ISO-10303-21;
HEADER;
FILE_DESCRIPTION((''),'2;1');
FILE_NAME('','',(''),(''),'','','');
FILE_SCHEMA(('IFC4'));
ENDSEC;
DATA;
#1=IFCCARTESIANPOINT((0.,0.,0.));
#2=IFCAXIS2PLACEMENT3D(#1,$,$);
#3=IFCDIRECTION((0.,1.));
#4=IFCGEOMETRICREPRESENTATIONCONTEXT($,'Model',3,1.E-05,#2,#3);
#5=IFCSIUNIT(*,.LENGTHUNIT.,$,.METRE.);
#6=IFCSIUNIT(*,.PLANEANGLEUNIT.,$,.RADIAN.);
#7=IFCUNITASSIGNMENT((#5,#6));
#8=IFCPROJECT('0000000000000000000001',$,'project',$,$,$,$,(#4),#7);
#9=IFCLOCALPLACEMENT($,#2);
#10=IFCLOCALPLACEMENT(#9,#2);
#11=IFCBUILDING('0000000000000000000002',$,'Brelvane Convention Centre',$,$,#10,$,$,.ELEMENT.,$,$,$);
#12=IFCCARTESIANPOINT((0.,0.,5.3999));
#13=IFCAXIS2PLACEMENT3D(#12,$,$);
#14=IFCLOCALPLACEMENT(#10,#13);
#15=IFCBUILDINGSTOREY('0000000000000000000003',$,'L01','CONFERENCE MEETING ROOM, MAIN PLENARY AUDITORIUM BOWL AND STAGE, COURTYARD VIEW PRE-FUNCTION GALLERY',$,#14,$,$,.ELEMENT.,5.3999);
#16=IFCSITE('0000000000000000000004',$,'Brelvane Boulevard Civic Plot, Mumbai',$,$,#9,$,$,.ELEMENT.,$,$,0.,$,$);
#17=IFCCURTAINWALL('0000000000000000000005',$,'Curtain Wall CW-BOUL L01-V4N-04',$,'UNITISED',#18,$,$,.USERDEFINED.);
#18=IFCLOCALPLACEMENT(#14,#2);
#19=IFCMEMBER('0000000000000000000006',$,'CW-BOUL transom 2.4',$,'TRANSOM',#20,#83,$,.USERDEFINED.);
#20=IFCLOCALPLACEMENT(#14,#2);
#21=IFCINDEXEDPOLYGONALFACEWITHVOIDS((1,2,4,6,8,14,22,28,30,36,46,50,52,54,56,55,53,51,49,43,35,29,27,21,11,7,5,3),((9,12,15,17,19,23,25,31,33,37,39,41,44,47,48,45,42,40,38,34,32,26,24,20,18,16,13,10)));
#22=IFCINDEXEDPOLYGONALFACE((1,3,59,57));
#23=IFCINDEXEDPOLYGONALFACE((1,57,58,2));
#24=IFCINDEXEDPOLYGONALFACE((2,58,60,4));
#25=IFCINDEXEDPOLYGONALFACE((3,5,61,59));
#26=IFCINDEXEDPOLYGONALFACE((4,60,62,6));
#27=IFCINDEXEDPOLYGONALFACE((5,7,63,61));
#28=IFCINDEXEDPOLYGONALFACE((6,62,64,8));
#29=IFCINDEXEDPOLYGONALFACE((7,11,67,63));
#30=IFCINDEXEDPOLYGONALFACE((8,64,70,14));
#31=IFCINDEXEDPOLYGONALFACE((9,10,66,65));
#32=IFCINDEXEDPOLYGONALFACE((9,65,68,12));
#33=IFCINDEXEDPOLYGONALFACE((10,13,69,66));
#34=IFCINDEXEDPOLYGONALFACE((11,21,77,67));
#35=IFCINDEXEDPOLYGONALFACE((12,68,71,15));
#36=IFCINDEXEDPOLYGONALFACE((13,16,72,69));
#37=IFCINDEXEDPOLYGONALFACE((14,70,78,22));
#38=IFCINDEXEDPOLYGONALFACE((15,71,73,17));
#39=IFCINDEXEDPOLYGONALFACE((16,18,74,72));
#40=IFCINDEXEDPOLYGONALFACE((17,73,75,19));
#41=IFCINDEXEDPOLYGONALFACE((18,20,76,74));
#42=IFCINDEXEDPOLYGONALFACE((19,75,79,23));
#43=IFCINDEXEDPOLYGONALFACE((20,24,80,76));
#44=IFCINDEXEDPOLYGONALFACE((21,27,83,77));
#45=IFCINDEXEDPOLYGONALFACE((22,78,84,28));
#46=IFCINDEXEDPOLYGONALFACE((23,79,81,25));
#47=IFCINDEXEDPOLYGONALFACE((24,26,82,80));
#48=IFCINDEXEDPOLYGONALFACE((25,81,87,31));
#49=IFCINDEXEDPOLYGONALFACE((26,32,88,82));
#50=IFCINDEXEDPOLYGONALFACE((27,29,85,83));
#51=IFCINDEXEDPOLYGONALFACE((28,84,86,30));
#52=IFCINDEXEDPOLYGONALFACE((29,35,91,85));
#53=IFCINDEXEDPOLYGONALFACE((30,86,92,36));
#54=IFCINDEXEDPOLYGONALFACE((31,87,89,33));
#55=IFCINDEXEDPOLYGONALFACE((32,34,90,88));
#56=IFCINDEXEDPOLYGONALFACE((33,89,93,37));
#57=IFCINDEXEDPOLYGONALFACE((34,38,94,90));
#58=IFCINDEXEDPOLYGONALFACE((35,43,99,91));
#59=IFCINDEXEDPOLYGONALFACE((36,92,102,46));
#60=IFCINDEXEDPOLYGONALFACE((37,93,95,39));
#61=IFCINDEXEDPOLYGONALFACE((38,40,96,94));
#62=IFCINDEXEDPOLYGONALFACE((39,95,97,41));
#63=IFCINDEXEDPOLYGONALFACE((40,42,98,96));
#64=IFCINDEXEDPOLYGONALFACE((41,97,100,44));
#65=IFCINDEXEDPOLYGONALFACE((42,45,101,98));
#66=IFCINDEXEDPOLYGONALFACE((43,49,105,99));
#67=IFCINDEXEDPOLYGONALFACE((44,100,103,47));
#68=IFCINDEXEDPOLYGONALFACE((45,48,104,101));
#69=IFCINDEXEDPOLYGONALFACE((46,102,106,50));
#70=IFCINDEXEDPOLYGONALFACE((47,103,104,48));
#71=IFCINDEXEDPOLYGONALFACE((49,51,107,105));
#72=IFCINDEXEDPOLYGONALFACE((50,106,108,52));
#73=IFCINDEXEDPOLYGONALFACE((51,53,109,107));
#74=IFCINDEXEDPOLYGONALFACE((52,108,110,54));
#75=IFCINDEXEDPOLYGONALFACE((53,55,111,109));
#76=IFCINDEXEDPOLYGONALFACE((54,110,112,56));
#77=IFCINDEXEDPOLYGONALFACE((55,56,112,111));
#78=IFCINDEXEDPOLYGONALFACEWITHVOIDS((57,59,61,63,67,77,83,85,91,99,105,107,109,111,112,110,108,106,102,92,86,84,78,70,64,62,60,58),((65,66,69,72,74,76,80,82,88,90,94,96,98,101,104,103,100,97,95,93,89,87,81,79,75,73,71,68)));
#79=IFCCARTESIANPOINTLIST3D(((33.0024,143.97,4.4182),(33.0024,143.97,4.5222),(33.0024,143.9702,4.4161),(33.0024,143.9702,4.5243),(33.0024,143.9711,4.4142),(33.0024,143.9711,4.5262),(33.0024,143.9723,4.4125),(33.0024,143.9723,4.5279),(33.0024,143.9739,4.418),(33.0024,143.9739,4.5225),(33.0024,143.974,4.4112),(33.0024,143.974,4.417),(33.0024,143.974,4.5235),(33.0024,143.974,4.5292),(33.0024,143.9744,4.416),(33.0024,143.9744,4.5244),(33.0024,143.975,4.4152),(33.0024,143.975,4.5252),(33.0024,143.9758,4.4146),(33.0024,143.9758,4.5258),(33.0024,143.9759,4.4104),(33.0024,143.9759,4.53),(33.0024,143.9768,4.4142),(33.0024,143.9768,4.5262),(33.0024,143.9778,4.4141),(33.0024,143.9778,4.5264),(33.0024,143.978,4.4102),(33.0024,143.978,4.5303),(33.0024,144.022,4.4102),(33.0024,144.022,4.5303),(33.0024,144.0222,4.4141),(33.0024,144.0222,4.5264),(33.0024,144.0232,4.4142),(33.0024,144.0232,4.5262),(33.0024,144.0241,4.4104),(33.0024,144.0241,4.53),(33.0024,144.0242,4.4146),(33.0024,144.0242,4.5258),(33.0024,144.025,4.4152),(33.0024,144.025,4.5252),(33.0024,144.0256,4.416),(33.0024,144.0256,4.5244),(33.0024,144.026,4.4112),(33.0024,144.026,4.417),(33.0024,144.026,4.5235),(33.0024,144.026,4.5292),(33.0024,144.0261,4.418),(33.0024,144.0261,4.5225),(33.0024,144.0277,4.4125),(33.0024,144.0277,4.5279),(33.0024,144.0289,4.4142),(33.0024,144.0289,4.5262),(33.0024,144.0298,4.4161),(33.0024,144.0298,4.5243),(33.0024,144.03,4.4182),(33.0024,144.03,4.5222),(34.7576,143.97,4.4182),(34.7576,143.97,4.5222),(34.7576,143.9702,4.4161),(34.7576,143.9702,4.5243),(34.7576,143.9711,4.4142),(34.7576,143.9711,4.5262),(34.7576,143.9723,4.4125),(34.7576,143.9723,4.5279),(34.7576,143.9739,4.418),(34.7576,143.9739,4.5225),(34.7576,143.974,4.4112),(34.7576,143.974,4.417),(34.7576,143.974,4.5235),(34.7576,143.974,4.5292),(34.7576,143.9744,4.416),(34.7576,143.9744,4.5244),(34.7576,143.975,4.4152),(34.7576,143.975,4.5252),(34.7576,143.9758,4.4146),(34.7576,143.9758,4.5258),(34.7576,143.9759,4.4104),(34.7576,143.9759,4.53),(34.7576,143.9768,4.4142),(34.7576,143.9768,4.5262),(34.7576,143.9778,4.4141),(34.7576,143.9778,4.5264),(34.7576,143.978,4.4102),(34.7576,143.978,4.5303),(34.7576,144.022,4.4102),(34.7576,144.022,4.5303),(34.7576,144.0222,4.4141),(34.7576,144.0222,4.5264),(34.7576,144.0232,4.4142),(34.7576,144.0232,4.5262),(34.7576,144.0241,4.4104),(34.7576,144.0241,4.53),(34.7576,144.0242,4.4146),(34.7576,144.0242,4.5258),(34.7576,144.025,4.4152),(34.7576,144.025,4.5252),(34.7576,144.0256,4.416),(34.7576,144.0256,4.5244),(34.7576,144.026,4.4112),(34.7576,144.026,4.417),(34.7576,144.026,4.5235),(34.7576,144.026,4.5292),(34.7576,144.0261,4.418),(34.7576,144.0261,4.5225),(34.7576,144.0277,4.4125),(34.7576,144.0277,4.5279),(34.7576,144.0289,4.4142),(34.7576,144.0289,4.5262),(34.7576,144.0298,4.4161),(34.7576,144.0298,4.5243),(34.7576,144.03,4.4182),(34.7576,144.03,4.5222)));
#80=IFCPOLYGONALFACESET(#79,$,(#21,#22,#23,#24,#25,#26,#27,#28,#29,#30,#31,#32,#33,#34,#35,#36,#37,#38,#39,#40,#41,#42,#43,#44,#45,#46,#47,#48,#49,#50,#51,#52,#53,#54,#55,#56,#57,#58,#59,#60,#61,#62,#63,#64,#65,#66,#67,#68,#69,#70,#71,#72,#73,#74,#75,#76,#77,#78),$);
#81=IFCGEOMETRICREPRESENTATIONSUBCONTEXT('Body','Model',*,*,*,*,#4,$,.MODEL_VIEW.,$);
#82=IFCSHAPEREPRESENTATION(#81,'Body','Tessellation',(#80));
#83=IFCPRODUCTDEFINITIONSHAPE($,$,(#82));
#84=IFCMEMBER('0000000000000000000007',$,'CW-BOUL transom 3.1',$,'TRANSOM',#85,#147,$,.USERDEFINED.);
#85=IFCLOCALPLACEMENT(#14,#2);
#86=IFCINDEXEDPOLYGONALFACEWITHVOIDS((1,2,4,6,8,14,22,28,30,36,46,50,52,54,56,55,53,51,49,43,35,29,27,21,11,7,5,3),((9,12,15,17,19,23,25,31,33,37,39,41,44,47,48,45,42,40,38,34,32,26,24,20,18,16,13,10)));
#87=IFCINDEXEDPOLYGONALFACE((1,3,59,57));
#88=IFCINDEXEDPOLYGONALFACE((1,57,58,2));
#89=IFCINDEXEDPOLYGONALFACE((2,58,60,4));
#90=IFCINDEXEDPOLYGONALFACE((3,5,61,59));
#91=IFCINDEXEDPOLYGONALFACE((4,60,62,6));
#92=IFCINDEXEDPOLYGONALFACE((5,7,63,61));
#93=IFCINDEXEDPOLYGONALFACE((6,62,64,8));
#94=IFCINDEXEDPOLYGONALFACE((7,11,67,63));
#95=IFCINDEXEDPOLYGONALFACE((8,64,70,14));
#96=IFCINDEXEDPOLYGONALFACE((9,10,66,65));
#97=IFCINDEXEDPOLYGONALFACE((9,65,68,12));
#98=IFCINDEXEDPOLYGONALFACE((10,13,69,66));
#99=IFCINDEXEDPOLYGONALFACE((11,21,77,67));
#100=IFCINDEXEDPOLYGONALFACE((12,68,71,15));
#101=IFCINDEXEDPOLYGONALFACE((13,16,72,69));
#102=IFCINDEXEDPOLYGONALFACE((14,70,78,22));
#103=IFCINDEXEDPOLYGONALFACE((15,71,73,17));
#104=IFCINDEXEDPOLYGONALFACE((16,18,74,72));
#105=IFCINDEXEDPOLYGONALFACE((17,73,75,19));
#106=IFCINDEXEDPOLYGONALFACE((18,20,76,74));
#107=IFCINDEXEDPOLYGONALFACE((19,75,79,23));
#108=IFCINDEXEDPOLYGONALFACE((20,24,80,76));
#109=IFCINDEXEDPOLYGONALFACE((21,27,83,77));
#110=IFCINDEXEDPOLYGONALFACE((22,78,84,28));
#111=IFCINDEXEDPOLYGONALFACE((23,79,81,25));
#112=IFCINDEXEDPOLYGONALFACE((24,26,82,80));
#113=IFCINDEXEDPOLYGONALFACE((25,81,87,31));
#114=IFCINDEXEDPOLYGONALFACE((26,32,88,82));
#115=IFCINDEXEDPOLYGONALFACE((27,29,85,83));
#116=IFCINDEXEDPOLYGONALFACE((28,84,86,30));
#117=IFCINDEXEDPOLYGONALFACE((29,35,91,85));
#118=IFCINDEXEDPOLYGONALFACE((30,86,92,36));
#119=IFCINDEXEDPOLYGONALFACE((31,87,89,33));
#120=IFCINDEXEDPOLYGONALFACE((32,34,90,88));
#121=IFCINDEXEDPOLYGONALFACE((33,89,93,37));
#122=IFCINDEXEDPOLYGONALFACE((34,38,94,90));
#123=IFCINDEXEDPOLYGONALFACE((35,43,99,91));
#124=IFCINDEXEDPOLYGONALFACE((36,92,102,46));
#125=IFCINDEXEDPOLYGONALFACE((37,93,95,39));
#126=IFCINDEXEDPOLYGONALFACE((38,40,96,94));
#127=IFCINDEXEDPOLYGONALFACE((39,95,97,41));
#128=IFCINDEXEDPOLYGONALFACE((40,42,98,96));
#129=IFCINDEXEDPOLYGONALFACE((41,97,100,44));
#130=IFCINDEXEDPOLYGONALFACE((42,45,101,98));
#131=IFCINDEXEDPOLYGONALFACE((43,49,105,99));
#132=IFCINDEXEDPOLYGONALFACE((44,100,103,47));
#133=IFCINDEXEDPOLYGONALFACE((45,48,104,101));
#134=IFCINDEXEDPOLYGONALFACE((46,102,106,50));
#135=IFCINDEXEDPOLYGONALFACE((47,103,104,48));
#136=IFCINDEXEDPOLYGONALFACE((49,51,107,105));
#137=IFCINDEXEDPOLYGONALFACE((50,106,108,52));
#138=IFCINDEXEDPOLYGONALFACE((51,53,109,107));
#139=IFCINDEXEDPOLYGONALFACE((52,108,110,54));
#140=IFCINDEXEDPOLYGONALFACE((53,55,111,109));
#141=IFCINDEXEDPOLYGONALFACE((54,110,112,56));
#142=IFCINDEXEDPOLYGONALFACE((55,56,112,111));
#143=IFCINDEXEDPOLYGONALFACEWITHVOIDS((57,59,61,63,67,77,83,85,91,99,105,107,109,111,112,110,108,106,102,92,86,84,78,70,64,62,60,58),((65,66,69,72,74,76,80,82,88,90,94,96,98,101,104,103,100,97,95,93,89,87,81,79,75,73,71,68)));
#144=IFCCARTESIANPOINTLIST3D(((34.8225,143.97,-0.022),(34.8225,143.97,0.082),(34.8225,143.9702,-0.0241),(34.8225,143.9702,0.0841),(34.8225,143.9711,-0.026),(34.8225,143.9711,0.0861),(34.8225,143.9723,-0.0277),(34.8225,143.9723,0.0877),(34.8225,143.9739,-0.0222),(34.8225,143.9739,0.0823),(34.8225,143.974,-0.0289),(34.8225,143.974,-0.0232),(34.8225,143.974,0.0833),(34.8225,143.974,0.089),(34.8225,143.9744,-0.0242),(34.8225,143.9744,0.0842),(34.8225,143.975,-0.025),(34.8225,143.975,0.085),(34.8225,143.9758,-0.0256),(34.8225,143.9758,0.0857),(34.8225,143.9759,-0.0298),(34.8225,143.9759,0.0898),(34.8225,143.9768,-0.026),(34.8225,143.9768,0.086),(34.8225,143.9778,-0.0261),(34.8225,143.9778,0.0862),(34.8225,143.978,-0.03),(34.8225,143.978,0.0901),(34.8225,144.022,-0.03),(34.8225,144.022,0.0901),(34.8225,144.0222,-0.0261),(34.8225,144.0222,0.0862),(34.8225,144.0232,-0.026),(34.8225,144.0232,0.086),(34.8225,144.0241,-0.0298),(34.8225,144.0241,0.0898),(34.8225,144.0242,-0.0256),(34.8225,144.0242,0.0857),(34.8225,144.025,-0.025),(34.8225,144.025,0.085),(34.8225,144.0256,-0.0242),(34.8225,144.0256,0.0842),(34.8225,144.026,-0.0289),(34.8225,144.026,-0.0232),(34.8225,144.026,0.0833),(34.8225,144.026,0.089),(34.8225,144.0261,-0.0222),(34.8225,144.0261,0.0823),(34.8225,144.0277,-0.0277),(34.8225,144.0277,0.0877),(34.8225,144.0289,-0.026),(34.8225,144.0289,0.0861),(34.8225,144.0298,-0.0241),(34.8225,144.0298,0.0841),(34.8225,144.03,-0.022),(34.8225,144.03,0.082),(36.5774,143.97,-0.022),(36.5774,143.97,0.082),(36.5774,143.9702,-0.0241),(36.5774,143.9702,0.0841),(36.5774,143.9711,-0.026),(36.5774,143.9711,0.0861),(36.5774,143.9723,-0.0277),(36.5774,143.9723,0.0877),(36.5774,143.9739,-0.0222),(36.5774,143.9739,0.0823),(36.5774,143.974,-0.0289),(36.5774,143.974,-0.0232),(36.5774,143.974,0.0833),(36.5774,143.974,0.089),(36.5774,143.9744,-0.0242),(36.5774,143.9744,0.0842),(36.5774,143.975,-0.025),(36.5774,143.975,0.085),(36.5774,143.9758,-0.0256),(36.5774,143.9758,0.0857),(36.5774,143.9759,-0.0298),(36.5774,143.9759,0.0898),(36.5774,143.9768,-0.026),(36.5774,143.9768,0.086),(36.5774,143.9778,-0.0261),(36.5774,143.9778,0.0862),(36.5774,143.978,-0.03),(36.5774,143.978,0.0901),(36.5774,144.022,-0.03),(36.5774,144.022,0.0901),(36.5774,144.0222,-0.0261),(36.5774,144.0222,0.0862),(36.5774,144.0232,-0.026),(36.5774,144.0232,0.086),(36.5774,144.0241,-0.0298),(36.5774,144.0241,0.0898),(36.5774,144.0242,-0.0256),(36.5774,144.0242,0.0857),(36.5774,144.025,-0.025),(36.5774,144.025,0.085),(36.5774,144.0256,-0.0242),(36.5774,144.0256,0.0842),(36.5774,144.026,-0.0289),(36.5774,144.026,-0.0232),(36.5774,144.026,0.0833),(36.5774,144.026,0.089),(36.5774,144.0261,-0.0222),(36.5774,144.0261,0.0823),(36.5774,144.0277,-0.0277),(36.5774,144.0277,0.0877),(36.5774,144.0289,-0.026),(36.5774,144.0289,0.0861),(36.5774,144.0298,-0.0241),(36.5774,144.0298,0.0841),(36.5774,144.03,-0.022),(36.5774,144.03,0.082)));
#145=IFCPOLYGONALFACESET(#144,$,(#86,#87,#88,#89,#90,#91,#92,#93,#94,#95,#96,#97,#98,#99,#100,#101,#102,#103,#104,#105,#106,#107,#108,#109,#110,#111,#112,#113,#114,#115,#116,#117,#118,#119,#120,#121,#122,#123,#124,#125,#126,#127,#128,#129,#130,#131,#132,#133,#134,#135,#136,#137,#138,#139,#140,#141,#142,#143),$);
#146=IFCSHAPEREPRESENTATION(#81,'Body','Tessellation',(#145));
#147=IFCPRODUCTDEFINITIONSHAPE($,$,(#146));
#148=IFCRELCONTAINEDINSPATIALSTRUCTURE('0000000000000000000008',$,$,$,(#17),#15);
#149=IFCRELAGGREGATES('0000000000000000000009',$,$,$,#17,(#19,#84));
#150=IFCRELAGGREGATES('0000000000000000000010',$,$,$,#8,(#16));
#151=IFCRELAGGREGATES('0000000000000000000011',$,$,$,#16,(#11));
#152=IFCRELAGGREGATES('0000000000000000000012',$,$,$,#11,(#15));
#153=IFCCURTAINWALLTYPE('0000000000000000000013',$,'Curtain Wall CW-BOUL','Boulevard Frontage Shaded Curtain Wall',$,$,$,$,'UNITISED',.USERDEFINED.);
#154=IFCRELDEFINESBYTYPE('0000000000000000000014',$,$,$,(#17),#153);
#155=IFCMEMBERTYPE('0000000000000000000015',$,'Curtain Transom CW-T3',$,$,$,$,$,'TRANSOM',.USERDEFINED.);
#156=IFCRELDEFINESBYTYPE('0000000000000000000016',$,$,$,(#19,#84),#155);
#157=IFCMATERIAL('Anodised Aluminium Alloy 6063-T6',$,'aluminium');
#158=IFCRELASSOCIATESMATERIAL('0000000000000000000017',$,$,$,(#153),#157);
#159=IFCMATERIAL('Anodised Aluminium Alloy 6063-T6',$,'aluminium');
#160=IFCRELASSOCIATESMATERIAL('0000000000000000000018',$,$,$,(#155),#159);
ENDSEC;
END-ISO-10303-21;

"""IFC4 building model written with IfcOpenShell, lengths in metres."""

from ifc_helpers import new_model, si_unit, direction, frame, origin, origin_2d, place, context, subcontext, project, spatial, hollow_rectangle, extrude, material, material_profile, profile_set, type_object, element, aggregate, save


model = new_model("IFC4")

# Units and contexts
model_context = context("Model", 3, precision=1e-05, world=origin(), true_north=direction((0.0, 1.0)))
body_context = subcontext(model_context, "Body", "Model", "MODEL_VIEW")
ifc_project = project(units=[si_unit("LENGTHUNIT", "METRE"), si_unit("PLANEANGLEUNIT", "RADIAN")], contexts=[model_context])

# Site, building, storey
site_placement = place(None, origin())
site = spatial("IfcSite", under=ifc_project, at=site_placement, Name="Brelvane Boulevard Civic Plot, Mumbai", CompositionType="ELEMENT", RefElevation=0.0)
building_placement = place(site_placement, origin())
building = spatial("IfcBuilding", under=site, at=building_placement, Name="Brelvane Convention Centre", CompositionType="ELEMENT")
storey_placement = place(building_placement, frame((0.0, 0.0, 5.3999)))
storey = spatial("IfcBuildingStorey", under=building, at=storey_placement, Name="L01", Description="CONFERENCE MEETING ROOM, MAIN PLENARY AUDITORIUM BOWL AND STAGE, COURTYARD VIEW PRE-FUNCTION GALLERY", CompositionType="ELEMENT", Elevation=5.3999)

# Curtain wall, members
ifc_material_1 = material(Name="Anodised Aluminium Alloy 6063-T6", Category="aluminium")
curtain_wall_type = type_object("IfcCurtainWallType", Name="Curtain Wall CW-BOUL", Description="Boulevard Frontage Shaded Curtain Wall", ElementType="UNITISED", PredefinedType="USERDEFINED", material=ifc_material_1)
curtain_wall_placement = place(storey_placement, origin())
curtain_wall = element("IfcCurtainWall", 1, at=curtain_wall_placement, inside=storey, type_object=curtain_wall_type, Name="Curtain Wall CW-BOUL L01-V4N-04", ObjectType="UNITISED", PredefinedType="USERDEFINED")
ifc_material_2 = material(Name="Anodised Aluminium Alloy 6063-T6", Category="aluminium")
ifc_material_profile_1 = material_profile(ifc_material_2, hollow_rectangle(XDim=0.0601, YDim=0.1201, WallThickness=0.0039, InnerFilletRadius=0.0039, OuterFilletRadius=0.0081, at=origin_2d()), Name="ALU-T 120x60x4.0")
ifc_profile_set_1 = profile_set([ifc_material_profile_1], Name="Anodised Aluminium Alloy 6063-T6")
member_type_1 = type_object("IfcMemberType", Name="Curtain Transom CW-T3", ElementType="TRANSOM", PredefinedType="USERDEFINED", material=ifc_profile_set_1)
member_1_placement = place(storey_placement, frame((33.0024, 144.0, 4.4702), z_axis=(1.0, 0.0, 0.0), x_axis=(0.0, 1.0, 0.0)))
member_1 = element("IfcMember", 2, at=member_1_placement, type_object=member_type_1, Name="CW-BOUL transom 2.4", ObjectType="TRANSOM", PredefinedType="USERDEFINED", context=body_context, shape_type="SweptSolid", body=[
    extrude(hollow_rectangle(XDim=0.0601, YDim=0.1201, WallThickness=0.0039, InnerFilletRadius=0.0039, OuterFilletRadius=0.0081, at=origin_2d()), origin(), (0.0, 0.0, 1.0), 1.7551),
])
member_2_placement = place(storey_placement, frame((34.8225, 144.0, 0.03), z_axis=(1.0, 0.0, 0.0), x_axis=(0.0, 1.0, 0.0)))
member_2 = element("IfcMember", 3, at=member_2_placement, type_object=member_type_1, Name="CW-BOUL transom 3.1", ObjectType="TRANSOM", PredefinedType="USERDEFINED", context=body_context, shape_type="SweptSolid", body=[
    extrude(hollow_rectangle(XDim=0.0601, YDim=0.1201, WallThickness=0.0039, InnerFilletRadius=0.0039, OuterFilletRadius=0.0081, at=origin_2d()), origin(), (0.0, 0.0, 1.0), 1.7549),
])

aggregate(curtain_wall, [member_1, member_2])

save(model, "model.ifc")
